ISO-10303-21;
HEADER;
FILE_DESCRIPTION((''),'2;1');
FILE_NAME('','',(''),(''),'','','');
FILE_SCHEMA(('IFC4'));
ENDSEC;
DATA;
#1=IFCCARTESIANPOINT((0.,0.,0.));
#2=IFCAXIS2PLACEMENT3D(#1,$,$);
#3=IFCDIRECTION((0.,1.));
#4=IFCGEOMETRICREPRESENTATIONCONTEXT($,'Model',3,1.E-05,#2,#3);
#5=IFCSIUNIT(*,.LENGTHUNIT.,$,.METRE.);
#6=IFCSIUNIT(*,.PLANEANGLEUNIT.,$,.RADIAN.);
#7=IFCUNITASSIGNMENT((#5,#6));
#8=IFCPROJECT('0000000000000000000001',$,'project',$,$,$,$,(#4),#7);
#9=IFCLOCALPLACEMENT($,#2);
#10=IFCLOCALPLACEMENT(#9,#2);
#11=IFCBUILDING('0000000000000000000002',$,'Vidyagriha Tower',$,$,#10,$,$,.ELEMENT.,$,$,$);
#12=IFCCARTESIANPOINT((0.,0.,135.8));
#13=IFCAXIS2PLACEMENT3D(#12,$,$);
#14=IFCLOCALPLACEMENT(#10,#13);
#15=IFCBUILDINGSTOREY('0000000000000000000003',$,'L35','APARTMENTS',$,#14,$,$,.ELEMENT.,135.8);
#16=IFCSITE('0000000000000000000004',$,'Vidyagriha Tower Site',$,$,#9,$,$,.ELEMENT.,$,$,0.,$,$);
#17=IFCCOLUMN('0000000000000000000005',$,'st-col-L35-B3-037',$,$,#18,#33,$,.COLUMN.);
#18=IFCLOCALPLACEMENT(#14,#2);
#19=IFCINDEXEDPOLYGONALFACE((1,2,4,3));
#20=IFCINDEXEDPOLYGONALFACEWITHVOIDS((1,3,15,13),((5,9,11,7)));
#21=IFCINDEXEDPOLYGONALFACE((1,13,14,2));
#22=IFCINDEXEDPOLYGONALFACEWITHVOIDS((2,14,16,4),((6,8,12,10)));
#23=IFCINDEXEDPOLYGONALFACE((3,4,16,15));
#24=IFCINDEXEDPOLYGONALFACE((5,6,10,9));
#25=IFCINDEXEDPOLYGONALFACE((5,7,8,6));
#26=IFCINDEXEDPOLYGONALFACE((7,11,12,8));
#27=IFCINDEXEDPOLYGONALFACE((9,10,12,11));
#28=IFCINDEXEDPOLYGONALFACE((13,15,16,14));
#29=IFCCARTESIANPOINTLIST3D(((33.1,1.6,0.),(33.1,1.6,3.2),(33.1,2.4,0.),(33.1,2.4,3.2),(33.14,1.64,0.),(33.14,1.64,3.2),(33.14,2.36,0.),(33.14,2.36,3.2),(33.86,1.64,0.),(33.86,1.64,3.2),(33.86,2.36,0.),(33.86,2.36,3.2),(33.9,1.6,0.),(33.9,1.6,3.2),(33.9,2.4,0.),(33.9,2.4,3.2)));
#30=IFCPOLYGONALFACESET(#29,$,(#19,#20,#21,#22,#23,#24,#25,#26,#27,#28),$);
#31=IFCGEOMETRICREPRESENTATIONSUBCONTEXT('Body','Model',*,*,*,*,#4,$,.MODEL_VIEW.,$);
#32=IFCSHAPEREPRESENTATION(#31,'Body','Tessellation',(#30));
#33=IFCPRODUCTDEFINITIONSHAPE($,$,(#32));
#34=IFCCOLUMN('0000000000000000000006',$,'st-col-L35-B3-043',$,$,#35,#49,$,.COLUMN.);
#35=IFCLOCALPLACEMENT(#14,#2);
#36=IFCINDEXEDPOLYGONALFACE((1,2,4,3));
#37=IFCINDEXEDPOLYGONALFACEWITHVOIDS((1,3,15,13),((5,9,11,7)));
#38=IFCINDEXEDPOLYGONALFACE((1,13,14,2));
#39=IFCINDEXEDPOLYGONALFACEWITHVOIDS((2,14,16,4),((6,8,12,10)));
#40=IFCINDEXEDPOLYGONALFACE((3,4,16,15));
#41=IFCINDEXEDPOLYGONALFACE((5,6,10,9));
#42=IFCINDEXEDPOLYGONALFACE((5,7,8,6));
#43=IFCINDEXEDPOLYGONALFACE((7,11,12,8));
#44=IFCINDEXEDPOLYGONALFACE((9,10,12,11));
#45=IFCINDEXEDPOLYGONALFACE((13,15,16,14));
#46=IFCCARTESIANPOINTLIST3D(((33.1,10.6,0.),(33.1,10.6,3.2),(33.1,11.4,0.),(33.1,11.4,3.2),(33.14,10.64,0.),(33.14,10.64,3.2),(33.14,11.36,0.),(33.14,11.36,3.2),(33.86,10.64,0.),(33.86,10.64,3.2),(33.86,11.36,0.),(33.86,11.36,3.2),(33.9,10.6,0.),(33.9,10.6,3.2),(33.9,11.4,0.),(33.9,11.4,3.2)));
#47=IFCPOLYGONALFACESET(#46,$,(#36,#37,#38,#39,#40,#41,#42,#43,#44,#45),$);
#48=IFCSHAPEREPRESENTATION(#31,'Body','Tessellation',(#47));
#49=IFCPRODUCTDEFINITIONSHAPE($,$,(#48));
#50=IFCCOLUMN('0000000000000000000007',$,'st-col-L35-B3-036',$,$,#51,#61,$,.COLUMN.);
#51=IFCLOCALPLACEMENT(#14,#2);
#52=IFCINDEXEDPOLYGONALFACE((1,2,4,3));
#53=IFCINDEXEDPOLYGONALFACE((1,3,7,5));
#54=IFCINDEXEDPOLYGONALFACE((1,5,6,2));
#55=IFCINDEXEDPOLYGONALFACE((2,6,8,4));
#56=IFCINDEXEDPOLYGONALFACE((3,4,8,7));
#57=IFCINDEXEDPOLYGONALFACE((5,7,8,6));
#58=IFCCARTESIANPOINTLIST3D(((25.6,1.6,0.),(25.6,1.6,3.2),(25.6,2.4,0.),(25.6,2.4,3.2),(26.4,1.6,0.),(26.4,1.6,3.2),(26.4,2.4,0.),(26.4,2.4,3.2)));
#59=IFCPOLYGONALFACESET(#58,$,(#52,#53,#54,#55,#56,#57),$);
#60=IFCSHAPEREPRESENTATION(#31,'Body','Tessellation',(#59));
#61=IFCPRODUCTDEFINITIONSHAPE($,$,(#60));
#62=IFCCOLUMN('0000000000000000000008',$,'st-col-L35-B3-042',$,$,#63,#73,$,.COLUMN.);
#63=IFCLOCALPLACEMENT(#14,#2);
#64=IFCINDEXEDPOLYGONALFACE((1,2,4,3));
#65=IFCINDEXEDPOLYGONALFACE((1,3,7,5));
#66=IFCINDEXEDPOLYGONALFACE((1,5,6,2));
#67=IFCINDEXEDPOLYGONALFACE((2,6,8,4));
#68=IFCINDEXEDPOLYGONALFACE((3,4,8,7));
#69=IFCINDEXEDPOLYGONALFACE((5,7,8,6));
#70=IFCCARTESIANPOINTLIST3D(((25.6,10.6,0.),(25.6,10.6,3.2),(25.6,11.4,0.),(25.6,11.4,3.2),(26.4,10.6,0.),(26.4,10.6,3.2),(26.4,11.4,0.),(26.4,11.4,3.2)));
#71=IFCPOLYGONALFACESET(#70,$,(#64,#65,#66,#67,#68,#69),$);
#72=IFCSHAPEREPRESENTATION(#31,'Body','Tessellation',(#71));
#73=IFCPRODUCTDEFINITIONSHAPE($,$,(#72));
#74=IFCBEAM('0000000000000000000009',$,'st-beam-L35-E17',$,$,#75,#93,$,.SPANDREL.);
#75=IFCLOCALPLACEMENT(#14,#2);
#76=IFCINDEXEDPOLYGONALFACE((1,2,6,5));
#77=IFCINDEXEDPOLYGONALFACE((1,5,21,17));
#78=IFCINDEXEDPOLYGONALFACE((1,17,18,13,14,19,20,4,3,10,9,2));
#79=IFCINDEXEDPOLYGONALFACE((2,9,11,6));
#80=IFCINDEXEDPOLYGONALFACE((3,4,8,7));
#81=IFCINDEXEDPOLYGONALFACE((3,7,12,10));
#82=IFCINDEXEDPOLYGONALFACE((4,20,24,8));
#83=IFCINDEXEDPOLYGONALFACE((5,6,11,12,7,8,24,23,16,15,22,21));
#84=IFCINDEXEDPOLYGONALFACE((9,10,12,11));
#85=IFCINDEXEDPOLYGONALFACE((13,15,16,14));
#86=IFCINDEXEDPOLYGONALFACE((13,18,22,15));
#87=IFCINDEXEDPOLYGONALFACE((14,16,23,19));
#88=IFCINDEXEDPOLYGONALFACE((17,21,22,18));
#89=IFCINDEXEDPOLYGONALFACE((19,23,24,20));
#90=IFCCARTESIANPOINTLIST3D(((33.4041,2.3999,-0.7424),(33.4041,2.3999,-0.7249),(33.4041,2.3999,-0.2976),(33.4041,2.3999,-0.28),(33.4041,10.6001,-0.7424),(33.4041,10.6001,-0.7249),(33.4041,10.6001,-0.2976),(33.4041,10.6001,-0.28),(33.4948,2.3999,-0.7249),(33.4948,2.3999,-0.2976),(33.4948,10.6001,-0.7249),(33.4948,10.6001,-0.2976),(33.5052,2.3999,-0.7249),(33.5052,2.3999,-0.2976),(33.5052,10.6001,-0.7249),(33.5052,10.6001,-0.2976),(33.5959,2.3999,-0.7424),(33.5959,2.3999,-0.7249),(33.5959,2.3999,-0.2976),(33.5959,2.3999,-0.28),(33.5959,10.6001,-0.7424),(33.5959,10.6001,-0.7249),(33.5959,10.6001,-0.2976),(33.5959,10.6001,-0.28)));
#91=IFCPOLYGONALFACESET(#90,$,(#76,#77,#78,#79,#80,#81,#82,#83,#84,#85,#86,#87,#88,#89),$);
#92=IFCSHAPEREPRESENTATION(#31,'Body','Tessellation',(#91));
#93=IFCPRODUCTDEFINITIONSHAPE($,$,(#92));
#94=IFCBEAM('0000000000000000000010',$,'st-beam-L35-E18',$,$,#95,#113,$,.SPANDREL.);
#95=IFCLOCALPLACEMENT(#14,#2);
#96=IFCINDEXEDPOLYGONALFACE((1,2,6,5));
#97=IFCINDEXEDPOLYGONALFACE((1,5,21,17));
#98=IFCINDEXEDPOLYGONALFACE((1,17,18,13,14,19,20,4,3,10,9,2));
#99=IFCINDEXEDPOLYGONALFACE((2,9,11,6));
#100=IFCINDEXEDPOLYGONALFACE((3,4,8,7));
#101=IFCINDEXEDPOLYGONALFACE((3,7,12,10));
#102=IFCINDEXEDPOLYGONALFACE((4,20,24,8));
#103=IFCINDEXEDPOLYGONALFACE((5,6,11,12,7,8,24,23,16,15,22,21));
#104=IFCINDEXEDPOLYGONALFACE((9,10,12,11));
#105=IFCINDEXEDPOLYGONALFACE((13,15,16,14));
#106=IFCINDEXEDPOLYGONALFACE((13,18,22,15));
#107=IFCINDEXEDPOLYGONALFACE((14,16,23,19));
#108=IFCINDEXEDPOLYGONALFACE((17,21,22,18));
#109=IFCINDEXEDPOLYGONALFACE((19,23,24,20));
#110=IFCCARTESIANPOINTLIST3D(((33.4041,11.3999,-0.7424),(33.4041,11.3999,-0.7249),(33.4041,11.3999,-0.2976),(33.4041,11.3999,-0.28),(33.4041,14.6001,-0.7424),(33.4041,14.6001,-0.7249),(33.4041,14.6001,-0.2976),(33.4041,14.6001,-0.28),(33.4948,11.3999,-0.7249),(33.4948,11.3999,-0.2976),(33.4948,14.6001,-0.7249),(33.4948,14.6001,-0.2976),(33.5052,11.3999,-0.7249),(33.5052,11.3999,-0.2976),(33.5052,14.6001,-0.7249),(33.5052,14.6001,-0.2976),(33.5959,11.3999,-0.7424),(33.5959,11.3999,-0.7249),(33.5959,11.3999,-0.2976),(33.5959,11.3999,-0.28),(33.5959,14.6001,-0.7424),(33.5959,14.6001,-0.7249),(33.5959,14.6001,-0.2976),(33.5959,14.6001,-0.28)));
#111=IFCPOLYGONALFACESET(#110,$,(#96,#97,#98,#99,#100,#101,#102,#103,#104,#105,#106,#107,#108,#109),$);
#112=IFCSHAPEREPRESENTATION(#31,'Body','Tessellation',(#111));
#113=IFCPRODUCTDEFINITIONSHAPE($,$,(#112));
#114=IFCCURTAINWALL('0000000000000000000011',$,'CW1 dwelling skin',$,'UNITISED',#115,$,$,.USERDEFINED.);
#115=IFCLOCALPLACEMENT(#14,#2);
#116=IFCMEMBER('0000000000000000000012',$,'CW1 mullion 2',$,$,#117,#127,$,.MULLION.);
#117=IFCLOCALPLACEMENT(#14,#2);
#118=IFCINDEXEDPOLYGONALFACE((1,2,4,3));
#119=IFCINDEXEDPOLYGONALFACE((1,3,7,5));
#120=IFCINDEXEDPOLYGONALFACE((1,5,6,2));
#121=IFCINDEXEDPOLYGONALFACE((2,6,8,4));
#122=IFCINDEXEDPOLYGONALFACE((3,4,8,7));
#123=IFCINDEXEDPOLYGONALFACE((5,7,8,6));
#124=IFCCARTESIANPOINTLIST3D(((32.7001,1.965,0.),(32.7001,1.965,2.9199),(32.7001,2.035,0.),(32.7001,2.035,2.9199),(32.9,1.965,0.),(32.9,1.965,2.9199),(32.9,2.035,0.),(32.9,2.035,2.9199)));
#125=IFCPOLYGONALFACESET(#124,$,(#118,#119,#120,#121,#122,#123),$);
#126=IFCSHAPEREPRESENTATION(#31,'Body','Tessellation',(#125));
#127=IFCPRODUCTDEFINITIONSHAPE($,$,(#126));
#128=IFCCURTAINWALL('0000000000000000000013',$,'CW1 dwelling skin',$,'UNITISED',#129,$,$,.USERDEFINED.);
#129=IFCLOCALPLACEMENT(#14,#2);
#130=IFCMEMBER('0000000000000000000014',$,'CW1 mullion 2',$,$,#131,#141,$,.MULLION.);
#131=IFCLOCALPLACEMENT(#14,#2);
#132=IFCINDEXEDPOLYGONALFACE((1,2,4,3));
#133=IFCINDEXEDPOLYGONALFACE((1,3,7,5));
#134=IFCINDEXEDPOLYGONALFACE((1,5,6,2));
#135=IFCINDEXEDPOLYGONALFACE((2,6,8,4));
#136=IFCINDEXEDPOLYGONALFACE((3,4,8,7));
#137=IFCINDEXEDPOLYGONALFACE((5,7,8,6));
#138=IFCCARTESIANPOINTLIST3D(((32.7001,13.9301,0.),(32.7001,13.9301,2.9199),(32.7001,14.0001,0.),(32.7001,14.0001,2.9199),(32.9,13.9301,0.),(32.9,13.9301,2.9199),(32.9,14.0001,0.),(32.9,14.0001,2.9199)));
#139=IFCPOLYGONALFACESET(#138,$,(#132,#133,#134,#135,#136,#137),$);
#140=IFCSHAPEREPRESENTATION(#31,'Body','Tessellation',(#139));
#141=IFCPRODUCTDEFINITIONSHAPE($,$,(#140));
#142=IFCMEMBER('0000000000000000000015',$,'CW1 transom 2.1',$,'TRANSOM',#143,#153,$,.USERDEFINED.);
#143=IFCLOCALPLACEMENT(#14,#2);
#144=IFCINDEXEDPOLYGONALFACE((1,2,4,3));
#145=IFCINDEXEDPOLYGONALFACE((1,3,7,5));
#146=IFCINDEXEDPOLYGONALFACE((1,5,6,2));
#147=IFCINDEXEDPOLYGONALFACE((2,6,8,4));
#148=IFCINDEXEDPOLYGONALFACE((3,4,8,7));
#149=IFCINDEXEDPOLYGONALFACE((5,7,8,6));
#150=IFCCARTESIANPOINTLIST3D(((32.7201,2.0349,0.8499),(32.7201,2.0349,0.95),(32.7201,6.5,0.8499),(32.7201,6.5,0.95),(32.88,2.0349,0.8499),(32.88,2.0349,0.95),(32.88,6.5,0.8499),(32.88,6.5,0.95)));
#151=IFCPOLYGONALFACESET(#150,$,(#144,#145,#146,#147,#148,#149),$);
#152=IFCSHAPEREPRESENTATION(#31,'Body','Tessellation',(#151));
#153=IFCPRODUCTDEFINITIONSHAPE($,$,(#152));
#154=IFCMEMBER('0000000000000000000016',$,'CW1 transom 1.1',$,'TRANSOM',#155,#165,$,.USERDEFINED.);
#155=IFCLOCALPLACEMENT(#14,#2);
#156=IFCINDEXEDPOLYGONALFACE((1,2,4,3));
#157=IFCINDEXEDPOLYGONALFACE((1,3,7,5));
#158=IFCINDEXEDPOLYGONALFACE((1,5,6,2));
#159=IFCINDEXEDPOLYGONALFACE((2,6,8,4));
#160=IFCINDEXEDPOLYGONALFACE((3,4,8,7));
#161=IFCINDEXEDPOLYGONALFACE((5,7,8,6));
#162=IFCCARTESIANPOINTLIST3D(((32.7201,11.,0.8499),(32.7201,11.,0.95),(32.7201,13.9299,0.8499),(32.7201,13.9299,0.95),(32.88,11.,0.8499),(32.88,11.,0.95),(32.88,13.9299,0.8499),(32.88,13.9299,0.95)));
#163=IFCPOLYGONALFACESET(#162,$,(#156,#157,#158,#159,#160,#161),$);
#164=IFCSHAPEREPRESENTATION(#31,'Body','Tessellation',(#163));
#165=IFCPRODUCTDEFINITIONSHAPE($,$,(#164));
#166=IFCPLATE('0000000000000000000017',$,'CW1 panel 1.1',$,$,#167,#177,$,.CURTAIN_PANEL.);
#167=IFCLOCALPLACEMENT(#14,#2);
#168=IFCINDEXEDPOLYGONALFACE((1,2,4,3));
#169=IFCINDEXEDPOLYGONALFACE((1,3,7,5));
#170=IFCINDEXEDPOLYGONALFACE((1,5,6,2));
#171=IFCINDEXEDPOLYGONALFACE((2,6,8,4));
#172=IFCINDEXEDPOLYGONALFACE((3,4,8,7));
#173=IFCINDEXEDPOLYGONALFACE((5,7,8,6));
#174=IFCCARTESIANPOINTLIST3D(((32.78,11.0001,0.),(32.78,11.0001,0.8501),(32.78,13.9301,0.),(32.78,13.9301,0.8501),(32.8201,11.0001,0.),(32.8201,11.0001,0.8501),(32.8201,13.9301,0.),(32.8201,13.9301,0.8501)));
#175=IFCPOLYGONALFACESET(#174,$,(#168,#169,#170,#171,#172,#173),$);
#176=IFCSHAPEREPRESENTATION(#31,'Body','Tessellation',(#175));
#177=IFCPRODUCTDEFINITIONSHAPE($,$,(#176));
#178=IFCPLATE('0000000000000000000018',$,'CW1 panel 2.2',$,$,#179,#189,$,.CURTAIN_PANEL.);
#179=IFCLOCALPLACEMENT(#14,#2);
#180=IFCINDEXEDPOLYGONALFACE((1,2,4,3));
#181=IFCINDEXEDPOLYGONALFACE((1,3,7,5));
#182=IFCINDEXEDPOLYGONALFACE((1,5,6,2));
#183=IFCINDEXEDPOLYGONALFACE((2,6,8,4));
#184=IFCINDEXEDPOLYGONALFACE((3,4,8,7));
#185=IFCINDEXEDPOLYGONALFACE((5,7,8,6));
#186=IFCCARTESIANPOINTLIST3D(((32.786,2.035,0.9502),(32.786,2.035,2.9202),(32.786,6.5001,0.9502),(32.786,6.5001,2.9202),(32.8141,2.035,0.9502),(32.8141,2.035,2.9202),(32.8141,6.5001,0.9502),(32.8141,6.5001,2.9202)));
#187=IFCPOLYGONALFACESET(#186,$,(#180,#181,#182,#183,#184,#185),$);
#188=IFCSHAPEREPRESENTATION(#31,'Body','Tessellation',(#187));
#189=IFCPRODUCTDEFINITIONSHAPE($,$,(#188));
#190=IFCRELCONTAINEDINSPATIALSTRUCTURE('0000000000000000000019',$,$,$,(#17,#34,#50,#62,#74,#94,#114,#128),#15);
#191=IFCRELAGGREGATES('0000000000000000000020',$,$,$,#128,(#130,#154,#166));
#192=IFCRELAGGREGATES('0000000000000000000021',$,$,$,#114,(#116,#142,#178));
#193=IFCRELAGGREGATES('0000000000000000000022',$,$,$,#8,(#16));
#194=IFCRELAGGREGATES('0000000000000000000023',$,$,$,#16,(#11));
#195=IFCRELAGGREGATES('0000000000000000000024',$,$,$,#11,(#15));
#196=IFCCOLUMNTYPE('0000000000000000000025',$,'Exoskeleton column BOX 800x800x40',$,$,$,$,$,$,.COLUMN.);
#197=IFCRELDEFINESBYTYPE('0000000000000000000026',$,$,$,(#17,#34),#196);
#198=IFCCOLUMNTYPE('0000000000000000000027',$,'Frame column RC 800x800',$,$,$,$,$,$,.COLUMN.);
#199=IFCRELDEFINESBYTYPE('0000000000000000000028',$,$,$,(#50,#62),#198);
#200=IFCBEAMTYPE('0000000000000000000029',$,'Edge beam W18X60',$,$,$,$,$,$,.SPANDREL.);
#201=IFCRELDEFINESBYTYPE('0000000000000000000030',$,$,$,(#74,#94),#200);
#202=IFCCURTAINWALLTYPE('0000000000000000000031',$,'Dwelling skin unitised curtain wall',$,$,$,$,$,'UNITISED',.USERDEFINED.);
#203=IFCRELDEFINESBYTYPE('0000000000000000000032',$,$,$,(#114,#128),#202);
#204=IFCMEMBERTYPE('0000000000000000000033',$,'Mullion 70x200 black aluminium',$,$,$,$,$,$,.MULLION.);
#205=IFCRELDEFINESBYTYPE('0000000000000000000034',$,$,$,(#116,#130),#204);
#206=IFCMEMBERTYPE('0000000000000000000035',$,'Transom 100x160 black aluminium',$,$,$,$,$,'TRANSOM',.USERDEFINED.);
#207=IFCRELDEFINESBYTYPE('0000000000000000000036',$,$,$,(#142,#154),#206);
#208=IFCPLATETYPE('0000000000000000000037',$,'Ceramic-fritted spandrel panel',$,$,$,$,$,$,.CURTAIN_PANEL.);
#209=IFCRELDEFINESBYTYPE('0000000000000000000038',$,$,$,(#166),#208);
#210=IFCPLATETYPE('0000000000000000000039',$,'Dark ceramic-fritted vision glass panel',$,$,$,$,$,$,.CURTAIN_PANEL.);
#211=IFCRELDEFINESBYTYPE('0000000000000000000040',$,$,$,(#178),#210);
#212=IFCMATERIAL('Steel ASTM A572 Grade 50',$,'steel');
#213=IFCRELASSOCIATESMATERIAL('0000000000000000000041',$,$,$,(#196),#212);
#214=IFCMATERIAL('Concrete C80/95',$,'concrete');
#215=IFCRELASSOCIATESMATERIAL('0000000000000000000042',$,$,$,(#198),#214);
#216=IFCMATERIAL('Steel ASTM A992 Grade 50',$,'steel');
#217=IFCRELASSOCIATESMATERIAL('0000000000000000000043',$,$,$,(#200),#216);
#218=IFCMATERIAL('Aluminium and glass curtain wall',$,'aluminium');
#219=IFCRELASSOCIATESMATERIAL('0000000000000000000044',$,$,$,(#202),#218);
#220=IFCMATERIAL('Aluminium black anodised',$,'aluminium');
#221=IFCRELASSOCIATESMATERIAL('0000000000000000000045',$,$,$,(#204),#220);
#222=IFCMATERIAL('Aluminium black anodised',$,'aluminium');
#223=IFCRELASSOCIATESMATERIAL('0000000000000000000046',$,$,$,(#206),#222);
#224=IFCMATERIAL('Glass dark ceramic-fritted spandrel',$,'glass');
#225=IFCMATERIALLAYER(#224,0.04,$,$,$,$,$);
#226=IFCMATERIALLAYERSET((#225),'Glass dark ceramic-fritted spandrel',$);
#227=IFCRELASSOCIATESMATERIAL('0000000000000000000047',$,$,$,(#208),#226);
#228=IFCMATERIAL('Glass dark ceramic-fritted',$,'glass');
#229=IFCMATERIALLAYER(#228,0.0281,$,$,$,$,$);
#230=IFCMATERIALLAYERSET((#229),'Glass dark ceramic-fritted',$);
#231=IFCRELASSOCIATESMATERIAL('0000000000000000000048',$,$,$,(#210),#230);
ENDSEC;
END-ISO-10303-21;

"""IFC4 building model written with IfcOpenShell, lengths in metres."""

from ifc_helpers import new_model, si_unit, direction, frame, origin, origin_2d, place, context, subcontext, project, spatial, rectangle, hollow_rectangle, i_section, extrude, material, layer, layer_set, material_profile, profile_set, type_object, element, aggregate, save


model = new_model("IFC4")

# Units and contexts
model_context = context("Model", 3, precision=1e-05, world=origin(), true_north=direction((0.0, 1.0)))
body_context = subcontext(model_context, "Body", "Model", "MODEL_VIEW")
ifc_project = project(units=[si_unit("LENGTHUNIT", "METRE"), si_unit("PLANEANGLEUNIT", "RADIAN")], contexts=[model_context])

# Site, building, storey
site_placement = place(None, origin())
site = spatial("IfcSite", under=ifc_project, at=site_placement, Name="Vidyagriha Tower Site", CompositionType="ELEMENT", RefElevation=0.0)
building_placement = place(site_placement, origin())
building = spatial("IfcBuilding", under=site, at=building_placement, Name="Vidyagriha Tower", CompositionType="ELEMENT")
storey_placement = place(building_placement, frame((0.0, 0.0, 135.8)))
storey = spatial("IfcBuildingStorey", under=building, at=storey_placement, Name="L35", Description="APARTMENTS", CompositionType="ELEMENT", Elevation=135.8)

# Columns
ifc_material_1 = material(Name="Steel ASTM A572 Grade 50", Category="steel")
ifc_material_profile_1 = material_profile(ifc_material_1, hollow_rectangle(XDim=0.8, YDim=0.8, WallThickness=0.04, at=origin_2d()), Name="BOX 800x800x40")
ifc_profile_set_1 = profile_set([ifc_material_profile_1], Name="Steel ASTM A572 Grade 50")
column_type_1 = type_object("IfcColumnType", Name="Exoskeleton column BOX 800x800x40", PredefinedType="COLUMN", material=ifc_profile_set_1)
for number, where, name in (
    (1, (33.5, 2.0, 0.0), "st-col-L35-B3-037"),
    (2, (33.5, 11.0, 0.0), "st-col-L35-B3-043"),
):
    element("IfcColumn", number, at=place(storey_placement, frame(where)), inside=storey, type_object=column_type_1, Name=name, PredefinedType="COLUMN", context=body_context, shape_type="SweptSolid", body=[
        extrude(hollow_rectangle(XDim=0.8, YDim=0.8, WallThickness=0.04, at=origin_2d()), origin(), (0.0, 0.0, 1.0), 3.2),
    ])
ifc_material_2 = material(Name="Concrete C80/95", Category="concrete")
ifc_material_profile_2 = material_profile(ifc_material_2, rectangle(XDim=0.8, YDim=0.8, at=origin_2d()), Name="RC 800x800")
ifc_profile_set_2 = profile_set([ifc_material_profile_2], Name="Concrete C80/95")
column_type_2 = type_object("IfcColumnType", Name="Frame column RC 800x800", PredefinedType="COLUMN", material=ifc_profile_set_2)
for number, where, name in (
    (3, (26.0, 2.0, 0.0), "st-col-L35-B3-036"),
    (4, (26.0, 11.0, 0.0), "st-col-L35-B3-042"),
):
    element("IfcColumn", number, at=place(storey_placement, frame(where)), inside=storey, type_object=column_type_2, Name=name, PredefinedType="COLUMN", context=body_context, shape_type="SweptSolid", body=[
        extrude(rectangle(XDim=0.8, YDim=0.8, at=origin_2d()), origin(), (0.0, 0.0, 1.0), 3.2),
    ])

# Beams
ifc_material_3 = material(Name="Steel ASTM A992 Grade 50", Category="steel")
ifc_material_profile_3 = material_profile(ifc_material_3, i_section(OverallWidth=0.1919, OverallDepth=0.4624, WebThickness=0.0105, FlangeThickness=0.0176, at=origin_2d()), Name="W18X60")
ifc_profile_set_3 = profile_set([ifc_material_profile_3], Name="Steel ASTM A992 Grade 50")
beam_type = type_object("IfcBeamType", Name="Edge beam W18X60", PredefinedType="SPANDREL", material=ifc_profile_set_3)
beam_1_placement = place(storey_placement, frame((33.5, 2.3999, -0.5112), z_axis=(0.0, 1.0, 0.0), x_axis=(-1.0, 0.0, 0.0)))
element("IfcBeam", 5, at=beam_1_placement, inside=storey, type_object=beam_type, Name="st-beam-L35-E17", PredefinedType="SPANDREL", context=body_context, shape_type="SweptSolid", body=[
    extrude(i_section(OverallWidth=0.1919, OverallDepth=0.4624, WebThickness=0.0105, FlangeThickness=0.0176, at=origin_2d()), origin(), (0.0, 0.0, 1.0), 8.2002),
])
beam_2_placement = place(storey_placement, frame((33.5, 11.3999, -0.5112), z_axis=(0.0, 1.0, 0.0), x_axis=(-1.0, 0.0, 0.0)))
element("IfcBeam", 6, at=beam_2_placement, inside=storey, type_object=beam_type, Name="st-beam-L35-E18", PredefinedType="SPANDREL", context=body_context, shape_type="SweptSolid", body=[
    extrude(i_section(OverallWidth=0.1919, OverallDepth=0.4624, WebThickness=0.0105, FlangeThickness=0.0176, at=origin_2d()), origin(), (0.0, 0.0, 1.0), 3.2002),
])

# Curtain walls, members
ifc_material_4 = material(Name="Aluminium and glass curtain wall", Category="aluminium")
curtain_wall_type = type_object("IfcCurtainWallType", Name="Dwelling skin unitised curtain wall", ElementType="UNITISED", PredefinedType="USERDEFINED", material=ifc_material_4)
curtain_wall_1_placement = place(storey_placement, origin())
curtain_wall_1 = element("IfcCurtainWall", 7, at=curtain_wall_1_placement, inside=storey, type_object=curtain_wall_type, Name="CW1 dwelling skin", ObjectType="UNITISED", PredefinedType="USERDEFINED")
ifc_material_5 = material(Name="Aluminium black anodised", Category="aluminium")
ifc_material_profile_4 = material_profile(ifc_material_5, rectangle(XDim=0.2, YDim=0.0701, at=origin_2d()), Name="Mullion 70x200 black aluminium")
ifc_profile_set_4 = profile_set([ifc_material_profile_4], Name="Aluminium black anodised")
member_type_1 = type_object("IfcMemberType", Name="Mullion 70x200 black aluminium", PredefinedType="MULLION", material=ifc_profile_set_4)
member_1_placement = place(storey_placement, frame((32.8, 2.0, 0.0), z_axis=(0.0, 0.0, 1.0), x_axis=(-1.0, 0.0, 0.0)))
member_1 = element("IfcMember", 8, at=member_1_placement, type_object=member_type_1, Name="CW1 mullion 2", PredefinedType="MULLION", context=body_context, shape_type="SweptSolid", body=[
    extrude(rectangle(XDim=0.2, YDim=0.0701, at=origin_2d()), origin(), (0.0, 0.0, 1.0), 2.9199),
])
curtain_wall_2_placement = place(storey_placement, origin())
curtain_wall_2 = element("IfcCurtainWall", 9, at=curtain_wall_2_placement, inside=storey, type_object=curtain_wall_type, Name="CW1 dwelling skin", ObjectType="UNITISED", PredefinedType="USERDEFINED")
member_2_placement = place(storey_placement, frame((32.8, 13.9651, 0.0), z_axis=(0.0, 0.0, 1.0), x_axis=(-1.0, 0.0, 0.0)))
member_2 = element("IfcMember", 10, at=member_2_placement, type_object=member_type_1, Name="CW1 mullion 2", PredefinedType="MULLION", context=body_context, shape_type="SweptSolid", body=[
    extrude(rectangle(XDim=0.2, YDim=0.0701, at=origin_2d()), origin(), (0.0, 0.0, 1.0), 2.9199),
])

# Members
ifc_material_6 = material(Name="Aluminium black anodised", Category="aluminium")
ifc_material_profile_5 = material_profile(ifc_material_6, rectangle(XDim=0.1599, YDim=0.1001, at=origin_2d()), Name="Transom 100x160 black aluminium")
ifc_profile_set_5 = profile_set([ifc_material_profile_5], Name="Aluminium black anodised")
member_type_2 = type_object("IfcMemberType", Name="Transom 100x160 black aluminium", ElementType="TRANSOM", PredefinedType="USERDEFINED", material=ifc_profile_set_5)
member_3_placement = place(storey_placement, frame((32.8, 2.0349, 0.8999), z_axis=(0.0, 1.0, 0.0), x_axis=(-1.0, 0.0, 0.0)))
member_3 = element("IfcMember", 11, at=member_3_placement, type_object=member_type_2, Name="CW1 transom 2.1", ObjectType="TRANSOM", PredefinedType="USERDEFINED", context=body_context, shape_type="SweptSolid", body=[
    extrude(rectangle(XDim=0.1599, YDim=0.1001, at=origin_2d()), origin(), (0.0, 0.0, 1.0), 4.4651),
])
member_4_placement = place(storey_placement, frame((32.8, 11.0, 0.8999), z_axis=(0.0, 1.0, 0.0), x_axis=(-1.0, 0.0, 0.0)))
member_4 = element("IfcMember", 12, at=member_4_placement, type_object=member_type_2, Name="CW1 transom 1.1", ObjectType="TRANSOM", PredefinedType="USERDEFINED", context=body_context, shape_type="SweptSolid", body=[
    extrude(rectangle(XDim=0.1599, YDim=0.1001, at=origin_2d()), origin(), (0.0, 0.0, 1.0), 2.9299),
])

# Plates
ifc_material_7 = material(Name="Glass dark ceramic-fritted spandrel", Category="glass")
ifc_layer_1 = layer(ifc_material_7, 0.04)
ifc_layer_set_1 = layer_set([ifc_layer_1], Name="Glass dark ceramic-fritted spandrel")
plate_type_1 = type_object("IfcPlateType", Name="Ceramic-fritted spandrel panel", PredefinedType="CURTAIN_PANEL", material=ifc_layer_set_1)
plate_1_placement = place(storey_placement, frame((32.8, 12.4651, 0.0), z_axis=(0.0, 0.0, 1.0), x_axis=(0.0, 1.0, 0.0)))
plate_1 = element("IfcPlate", 13, at=plate_1_placement, type_object=plate_type_1, Name="CW1 panel 1.1", PredefinedType="CURTAIN_PANEL", context=body_context, shape_type="SweptSolid", body=[
    extrude(rectangle(XDim=2.9299, YDim=0.04, at=origin_2d()), origin(), (0.0, 0.0, 1.0), 0.8501),
])
ifc_material_8 = material(Name="Glass dark ceramic-fritted", Category="glass")
ifc_layer_2 = layer(ifc_material_8, 0.0281)
ifc_layer_set_2 = layer_set([ifc_layer_2], Name="Glass dark ceramic-fritted")
plate_type_2 = type_object("IfcPlateType", Name="Dark ceramic-fritted vision glass panel", PredefinedType="CURTAIN_PANEL", material=ifc_layer_set_2)
plate_2_placement = place(storey_placement, frame((32.8, 4.2676, 0.9502), z_axis=(0.0, 0.0, 1.0), x_axis=(0.0, 1.0, 0.0)))
plate_2 = element("IfcPlate", 14, at=plate_2_placement, type_object=plate_type_2, Name="CW1 panel 2.2", PredefinedType="CURTAIN_PANEL", context=body_context, shape_type="SweptSolid", body=[
    extrude(rectangle(XDim=4.4651, YDim=0.0281, at=origin_2d()), origin(), (0.0, 0.0, 1.0), 1.97),
])
aggregate(curtain_wall_2, [member_2, member_4, plate_1])
aggregate(curtain_wall_1, [member_1, member_3, plate_2])

save(model, "model.ifc")
